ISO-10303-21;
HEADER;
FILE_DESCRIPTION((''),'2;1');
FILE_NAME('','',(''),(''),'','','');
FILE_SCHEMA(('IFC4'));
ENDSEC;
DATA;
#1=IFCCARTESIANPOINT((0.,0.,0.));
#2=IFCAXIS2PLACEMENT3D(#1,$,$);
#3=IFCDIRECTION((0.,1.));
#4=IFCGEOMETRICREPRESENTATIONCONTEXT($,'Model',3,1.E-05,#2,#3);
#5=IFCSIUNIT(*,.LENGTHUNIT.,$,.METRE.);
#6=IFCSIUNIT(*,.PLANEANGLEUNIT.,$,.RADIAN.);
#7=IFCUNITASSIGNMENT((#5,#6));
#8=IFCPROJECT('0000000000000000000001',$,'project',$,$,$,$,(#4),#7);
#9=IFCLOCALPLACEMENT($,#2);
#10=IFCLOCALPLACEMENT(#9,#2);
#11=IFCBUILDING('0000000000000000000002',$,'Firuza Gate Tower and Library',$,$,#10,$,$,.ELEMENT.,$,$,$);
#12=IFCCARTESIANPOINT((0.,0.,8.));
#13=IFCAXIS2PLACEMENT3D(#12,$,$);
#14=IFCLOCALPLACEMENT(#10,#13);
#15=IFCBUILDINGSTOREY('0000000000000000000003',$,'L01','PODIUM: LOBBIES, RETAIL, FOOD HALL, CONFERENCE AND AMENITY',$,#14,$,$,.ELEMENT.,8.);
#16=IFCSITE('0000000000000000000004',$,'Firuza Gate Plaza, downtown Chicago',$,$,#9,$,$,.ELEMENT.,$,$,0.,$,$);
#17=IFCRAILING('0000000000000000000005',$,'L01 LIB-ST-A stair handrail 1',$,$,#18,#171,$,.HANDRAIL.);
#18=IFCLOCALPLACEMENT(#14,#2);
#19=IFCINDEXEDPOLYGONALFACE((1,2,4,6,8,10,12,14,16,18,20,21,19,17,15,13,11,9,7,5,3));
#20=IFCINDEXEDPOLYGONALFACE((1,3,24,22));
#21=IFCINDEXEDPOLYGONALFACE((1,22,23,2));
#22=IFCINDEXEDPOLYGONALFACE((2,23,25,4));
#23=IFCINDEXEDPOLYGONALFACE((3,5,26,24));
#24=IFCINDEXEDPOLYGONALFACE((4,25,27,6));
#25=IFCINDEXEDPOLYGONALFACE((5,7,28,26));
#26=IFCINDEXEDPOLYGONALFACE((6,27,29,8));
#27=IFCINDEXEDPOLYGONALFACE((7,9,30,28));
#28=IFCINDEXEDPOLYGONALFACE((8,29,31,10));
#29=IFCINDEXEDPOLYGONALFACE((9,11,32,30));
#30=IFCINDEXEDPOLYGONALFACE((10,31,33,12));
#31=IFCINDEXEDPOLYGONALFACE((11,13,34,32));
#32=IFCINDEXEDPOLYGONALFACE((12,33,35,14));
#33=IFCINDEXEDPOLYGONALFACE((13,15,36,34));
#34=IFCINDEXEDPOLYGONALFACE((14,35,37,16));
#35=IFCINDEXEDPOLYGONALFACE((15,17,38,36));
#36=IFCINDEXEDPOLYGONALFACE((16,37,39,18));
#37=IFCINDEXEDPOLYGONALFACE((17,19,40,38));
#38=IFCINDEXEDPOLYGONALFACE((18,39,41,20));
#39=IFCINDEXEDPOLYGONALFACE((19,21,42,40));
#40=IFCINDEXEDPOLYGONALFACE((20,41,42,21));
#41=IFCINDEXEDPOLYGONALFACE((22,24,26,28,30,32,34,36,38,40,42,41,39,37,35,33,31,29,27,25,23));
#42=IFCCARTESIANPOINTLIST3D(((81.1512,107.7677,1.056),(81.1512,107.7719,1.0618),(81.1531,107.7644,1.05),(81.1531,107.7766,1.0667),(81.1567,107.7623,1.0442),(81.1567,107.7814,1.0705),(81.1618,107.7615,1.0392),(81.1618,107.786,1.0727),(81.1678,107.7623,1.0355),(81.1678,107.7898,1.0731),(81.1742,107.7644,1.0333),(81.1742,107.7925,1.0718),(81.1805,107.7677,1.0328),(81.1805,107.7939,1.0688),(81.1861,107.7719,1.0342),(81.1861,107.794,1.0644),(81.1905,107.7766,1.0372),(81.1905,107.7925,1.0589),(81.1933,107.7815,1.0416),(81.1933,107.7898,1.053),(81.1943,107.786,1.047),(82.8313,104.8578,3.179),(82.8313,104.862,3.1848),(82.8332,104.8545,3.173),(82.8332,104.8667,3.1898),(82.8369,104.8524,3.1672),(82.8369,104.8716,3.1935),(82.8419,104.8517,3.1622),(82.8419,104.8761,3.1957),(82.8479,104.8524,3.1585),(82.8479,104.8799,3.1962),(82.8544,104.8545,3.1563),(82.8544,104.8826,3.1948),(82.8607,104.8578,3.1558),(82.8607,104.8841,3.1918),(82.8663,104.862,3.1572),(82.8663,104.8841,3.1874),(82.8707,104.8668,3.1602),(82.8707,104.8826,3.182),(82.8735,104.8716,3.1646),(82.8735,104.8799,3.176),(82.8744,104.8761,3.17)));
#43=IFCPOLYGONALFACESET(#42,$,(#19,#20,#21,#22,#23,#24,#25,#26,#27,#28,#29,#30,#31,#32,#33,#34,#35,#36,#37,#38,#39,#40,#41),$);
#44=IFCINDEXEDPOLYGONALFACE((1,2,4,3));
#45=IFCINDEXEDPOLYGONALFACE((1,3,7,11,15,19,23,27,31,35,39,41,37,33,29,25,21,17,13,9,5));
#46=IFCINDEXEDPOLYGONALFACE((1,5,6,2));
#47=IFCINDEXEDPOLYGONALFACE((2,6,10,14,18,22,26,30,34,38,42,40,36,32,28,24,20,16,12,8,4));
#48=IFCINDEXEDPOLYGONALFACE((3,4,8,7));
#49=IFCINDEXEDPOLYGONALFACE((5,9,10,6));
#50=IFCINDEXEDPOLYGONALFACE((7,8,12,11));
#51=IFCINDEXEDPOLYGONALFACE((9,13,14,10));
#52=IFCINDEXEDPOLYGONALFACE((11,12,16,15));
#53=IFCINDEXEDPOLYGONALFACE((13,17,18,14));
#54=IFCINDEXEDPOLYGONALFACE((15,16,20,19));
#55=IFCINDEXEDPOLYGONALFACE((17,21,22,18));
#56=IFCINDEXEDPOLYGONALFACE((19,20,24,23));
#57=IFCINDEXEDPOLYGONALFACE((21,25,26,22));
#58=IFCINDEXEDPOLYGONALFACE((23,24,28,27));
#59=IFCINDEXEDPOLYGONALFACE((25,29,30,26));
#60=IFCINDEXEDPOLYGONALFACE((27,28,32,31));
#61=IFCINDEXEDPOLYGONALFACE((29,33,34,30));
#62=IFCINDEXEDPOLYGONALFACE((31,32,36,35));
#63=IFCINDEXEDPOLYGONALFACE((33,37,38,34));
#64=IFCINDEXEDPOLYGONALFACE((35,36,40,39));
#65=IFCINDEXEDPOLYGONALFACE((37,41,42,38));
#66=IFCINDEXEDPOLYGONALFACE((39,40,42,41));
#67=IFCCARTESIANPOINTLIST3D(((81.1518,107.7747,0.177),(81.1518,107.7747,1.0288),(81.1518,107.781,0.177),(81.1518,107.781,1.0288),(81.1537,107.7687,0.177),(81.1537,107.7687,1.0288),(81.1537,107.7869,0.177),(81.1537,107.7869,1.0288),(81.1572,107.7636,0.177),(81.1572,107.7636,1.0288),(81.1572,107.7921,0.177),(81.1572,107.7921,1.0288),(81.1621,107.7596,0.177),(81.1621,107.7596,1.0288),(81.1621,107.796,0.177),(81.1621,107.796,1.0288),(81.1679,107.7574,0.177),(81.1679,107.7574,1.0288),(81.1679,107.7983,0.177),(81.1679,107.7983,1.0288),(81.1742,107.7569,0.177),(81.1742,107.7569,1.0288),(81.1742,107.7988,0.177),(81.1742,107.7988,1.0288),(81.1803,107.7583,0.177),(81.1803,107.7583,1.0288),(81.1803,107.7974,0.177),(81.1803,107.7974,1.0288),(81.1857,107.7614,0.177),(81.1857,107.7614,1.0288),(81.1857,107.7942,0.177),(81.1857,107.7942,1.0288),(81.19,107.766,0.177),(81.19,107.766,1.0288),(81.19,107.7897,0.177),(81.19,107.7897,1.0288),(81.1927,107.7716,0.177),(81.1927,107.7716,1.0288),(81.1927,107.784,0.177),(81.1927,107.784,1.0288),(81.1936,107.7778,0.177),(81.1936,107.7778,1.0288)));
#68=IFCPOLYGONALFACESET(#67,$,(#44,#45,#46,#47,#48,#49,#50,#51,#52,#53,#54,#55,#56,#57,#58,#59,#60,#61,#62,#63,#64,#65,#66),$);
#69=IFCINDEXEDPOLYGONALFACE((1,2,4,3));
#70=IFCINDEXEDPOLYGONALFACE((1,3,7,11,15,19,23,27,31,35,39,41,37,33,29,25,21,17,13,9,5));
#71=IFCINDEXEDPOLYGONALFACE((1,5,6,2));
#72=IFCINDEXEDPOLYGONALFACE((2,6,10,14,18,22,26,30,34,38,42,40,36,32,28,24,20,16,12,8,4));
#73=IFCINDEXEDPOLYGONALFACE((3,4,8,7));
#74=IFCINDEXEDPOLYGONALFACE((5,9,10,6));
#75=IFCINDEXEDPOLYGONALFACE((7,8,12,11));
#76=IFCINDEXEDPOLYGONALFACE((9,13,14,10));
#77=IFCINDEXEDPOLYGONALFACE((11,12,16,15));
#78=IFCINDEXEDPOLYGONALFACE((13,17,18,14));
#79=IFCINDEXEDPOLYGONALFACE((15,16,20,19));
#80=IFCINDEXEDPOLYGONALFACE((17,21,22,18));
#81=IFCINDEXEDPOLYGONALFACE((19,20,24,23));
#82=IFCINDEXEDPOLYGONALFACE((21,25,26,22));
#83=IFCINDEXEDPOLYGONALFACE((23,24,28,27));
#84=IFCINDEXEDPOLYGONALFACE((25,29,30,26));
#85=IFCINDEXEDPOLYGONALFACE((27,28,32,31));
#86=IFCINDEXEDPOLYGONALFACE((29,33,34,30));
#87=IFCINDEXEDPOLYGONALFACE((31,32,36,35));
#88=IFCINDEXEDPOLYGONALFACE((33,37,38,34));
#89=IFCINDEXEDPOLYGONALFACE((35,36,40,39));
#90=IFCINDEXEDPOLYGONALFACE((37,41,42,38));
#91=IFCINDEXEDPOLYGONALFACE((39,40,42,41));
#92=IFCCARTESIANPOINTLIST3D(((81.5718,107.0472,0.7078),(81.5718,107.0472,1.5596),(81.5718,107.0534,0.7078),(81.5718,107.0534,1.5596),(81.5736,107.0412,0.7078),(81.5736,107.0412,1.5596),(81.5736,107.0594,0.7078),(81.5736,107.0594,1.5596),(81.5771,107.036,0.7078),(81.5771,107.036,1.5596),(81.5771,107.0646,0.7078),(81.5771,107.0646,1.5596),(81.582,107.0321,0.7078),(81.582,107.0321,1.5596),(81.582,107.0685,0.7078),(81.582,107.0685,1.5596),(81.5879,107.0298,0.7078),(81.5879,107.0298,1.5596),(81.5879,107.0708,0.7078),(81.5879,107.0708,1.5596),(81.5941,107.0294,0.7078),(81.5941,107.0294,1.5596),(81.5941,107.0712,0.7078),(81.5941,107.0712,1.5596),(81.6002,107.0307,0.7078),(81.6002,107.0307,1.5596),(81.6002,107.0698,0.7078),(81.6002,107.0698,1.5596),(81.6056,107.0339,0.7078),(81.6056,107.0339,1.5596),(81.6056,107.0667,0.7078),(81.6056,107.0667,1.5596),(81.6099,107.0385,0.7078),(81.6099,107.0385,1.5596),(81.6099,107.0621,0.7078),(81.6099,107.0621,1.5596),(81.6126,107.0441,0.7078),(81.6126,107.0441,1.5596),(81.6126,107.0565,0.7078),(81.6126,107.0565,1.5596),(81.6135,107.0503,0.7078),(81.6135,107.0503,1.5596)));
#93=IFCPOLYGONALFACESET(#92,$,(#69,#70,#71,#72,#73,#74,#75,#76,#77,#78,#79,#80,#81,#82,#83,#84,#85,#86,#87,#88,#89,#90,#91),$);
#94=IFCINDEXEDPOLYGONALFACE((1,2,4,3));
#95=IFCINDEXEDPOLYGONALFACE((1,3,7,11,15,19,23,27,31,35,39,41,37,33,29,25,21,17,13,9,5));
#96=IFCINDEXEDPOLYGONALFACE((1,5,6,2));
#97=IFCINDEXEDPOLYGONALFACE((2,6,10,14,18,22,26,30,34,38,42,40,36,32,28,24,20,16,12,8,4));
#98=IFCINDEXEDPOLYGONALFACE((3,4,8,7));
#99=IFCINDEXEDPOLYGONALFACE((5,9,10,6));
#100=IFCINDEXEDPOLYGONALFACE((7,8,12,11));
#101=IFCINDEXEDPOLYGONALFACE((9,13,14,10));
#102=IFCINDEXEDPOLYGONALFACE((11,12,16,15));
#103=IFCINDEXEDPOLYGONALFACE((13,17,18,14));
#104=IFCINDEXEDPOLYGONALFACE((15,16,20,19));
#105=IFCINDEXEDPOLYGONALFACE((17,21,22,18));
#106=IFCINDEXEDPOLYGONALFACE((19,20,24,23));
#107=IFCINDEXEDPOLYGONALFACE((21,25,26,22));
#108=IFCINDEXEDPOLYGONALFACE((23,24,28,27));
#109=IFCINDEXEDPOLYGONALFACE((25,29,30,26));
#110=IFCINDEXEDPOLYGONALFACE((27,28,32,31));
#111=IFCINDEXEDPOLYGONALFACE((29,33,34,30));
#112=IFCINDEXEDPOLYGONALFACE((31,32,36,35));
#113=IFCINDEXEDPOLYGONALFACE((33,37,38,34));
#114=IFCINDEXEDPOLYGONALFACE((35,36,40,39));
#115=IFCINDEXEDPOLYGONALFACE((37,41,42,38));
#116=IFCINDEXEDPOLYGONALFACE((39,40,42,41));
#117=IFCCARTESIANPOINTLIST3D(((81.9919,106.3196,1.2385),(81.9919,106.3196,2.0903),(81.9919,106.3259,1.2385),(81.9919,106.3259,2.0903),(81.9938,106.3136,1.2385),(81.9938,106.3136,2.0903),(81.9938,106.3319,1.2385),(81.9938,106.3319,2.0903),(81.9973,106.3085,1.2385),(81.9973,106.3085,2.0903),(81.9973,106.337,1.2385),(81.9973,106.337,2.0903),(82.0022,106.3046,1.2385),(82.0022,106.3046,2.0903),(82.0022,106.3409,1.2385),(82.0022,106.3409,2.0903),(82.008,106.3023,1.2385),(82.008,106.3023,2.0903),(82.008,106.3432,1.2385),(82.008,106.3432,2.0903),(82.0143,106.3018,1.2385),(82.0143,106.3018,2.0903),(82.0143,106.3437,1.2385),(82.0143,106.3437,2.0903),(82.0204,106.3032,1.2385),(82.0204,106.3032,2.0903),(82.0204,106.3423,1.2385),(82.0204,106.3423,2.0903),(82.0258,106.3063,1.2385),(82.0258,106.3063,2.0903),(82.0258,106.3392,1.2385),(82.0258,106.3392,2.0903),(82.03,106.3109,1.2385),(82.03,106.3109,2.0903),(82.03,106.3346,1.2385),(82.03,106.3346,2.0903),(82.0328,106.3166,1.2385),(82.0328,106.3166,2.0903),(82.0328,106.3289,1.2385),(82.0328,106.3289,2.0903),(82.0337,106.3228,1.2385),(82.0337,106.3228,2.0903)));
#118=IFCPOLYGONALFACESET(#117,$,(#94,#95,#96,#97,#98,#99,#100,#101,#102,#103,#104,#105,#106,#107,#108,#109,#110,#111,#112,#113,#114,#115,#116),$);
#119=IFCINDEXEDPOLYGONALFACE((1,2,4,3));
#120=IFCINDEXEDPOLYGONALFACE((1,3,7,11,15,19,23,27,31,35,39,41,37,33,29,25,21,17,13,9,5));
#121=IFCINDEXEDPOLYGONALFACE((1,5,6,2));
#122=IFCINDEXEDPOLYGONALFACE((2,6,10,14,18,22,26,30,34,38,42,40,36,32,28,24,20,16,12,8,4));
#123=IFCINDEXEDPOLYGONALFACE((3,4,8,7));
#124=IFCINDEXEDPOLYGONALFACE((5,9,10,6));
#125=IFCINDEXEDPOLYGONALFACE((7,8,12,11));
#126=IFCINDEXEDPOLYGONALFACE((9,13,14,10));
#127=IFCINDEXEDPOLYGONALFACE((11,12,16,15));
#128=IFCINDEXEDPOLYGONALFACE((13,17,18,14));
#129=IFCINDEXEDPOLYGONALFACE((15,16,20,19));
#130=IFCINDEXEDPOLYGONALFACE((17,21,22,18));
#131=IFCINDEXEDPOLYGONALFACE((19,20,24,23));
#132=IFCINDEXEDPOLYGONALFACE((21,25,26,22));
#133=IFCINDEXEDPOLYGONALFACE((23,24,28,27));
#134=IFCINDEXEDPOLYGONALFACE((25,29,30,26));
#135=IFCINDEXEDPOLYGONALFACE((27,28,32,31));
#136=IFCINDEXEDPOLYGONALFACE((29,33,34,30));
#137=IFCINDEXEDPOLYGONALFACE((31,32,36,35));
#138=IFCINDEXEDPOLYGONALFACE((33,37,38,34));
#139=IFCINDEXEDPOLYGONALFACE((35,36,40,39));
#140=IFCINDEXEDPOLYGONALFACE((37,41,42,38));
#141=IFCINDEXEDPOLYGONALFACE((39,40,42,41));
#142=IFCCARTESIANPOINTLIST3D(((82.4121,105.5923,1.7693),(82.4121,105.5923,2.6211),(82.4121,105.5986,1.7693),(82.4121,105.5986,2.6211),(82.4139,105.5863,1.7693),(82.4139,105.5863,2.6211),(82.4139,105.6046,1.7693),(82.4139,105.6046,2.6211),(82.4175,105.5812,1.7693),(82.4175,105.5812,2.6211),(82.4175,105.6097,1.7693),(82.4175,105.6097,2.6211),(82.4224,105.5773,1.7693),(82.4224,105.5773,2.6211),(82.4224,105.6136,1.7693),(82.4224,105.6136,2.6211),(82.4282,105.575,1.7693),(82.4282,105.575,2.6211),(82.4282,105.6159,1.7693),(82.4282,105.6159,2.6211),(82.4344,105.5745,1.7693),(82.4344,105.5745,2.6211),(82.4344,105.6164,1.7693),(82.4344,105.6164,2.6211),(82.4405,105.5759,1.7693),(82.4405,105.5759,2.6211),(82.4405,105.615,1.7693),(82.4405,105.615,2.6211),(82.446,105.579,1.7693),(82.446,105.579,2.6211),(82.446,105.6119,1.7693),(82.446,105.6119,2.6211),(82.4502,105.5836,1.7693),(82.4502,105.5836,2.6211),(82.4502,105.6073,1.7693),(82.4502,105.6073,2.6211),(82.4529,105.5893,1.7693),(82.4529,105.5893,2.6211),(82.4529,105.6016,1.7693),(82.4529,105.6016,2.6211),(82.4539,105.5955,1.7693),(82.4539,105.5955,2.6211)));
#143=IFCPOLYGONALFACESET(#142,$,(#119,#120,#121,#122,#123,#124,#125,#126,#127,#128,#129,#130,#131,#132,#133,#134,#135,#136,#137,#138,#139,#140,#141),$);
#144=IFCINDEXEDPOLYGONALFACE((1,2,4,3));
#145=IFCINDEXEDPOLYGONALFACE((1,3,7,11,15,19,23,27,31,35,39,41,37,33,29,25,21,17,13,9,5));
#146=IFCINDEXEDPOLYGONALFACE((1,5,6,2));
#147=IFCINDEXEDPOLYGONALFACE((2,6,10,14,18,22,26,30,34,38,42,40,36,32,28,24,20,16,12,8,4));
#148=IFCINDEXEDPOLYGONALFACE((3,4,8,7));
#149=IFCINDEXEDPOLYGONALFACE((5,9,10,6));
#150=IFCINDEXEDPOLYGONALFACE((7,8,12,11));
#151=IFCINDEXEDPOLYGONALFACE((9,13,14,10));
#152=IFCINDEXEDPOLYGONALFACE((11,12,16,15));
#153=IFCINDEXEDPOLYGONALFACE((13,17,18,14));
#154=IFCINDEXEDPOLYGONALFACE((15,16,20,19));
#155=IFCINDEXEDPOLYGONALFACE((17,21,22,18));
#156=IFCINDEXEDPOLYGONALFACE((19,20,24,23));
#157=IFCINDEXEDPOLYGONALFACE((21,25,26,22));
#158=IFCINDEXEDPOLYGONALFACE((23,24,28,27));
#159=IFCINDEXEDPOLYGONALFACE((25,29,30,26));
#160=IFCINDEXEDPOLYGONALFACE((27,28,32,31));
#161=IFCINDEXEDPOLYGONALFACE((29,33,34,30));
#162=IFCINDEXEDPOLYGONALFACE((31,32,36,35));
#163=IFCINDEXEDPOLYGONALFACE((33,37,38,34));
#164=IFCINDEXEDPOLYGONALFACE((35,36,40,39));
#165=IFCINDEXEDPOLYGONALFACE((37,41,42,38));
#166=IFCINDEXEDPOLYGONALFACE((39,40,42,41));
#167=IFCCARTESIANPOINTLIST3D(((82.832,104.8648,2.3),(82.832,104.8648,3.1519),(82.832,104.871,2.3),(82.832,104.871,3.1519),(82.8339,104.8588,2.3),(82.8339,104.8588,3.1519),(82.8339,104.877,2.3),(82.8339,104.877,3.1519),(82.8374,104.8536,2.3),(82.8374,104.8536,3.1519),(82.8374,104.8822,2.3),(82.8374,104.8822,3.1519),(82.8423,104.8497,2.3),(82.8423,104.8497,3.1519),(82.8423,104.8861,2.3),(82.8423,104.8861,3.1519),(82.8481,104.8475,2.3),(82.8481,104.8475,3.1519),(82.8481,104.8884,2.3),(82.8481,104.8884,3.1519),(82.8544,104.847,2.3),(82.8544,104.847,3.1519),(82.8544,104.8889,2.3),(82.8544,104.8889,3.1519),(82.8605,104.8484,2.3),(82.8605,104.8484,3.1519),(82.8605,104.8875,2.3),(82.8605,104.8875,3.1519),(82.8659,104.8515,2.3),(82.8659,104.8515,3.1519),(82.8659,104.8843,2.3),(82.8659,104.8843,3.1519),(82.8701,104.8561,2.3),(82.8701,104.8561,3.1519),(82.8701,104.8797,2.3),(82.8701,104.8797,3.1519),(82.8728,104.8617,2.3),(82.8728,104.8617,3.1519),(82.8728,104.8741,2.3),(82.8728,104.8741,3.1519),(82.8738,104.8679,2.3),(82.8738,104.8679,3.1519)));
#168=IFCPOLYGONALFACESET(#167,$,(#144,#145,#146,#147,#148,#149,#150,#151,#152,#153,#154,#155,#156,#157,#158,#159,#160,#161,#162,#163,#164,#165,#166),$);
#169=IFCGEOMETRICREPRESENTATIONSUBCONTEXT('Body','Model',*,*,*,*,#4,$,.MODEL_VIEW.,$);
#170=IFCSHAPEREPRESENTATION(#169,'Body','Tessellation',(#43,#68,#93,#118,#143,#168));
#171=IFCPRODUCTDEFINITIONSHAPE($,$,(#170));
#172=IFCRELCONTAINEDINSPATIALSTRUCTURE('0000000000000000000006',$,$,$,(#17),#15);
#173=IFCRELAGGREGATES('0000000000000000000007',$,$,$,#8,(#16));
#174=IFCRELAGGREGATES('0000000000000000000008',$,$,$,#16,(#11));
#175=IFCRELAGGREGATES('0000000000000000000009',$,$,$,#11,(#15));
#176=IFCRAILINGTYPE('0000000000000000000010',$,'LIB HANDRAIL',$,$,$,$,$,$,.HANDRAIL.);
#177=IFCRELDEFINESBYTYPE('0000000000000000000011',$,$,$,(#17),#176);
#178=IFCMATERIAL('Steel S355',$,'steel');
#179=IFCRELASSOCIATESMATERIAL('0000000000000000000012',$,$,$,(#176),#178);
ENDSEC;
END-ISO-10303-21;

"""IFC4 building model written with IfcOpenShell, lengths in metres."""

from ifc_helpers import new_model, si_unit, direction, frame, origin, origin_2d, place, context, subcontext, project, spatial, circle, extrude, material, type_object, element, save


model = new_model("IFC4")

# Units and contexts
model_context = context("Model", 3, precision=1e-05, world=origin(), true_north=direction((0.0, 1.0)))
body_context = subcontext(model_context, "Body", "Model", "MODEL_VIEW")
ifc_project = project(units=[si_unit("LENGTHUNIT", "METRE"), si_unit("PLANEANGLEUNIT", "RADIAN")], contexts=[model_context])

# Site, building, storey
site_placement = place(None, origin())
site = spatial("IfcSite", under=ifc_project, at=site_placement, Name="Firuza Gate Plaza, downtown Chicago", CompositionType="ELEMENT", RefElevation=0.0)
building_placement = place(site_placement, origin())
building = spatial("IfcBuilding", under=site, at=building_placement, Name="Firuza Gate Tower and Library", CompositionType="ELEMENT")
storey_placement = place(building_placement, frame((0.0, 0.0, 8.0)))
storey = spatial("IfcBuildingStorey", under=building, at=storey_placement, Name="L01", Description="PODIUM: LOBBIES, RETAIL, FOOD HALL, CONFERENCE AND AMENITY", CompositionType="ELEMENT", Elevation=8.0)

# Railing
ifc_material_1 = material(Name="Steel S355", Category="steel")
railing_type_1 = type_object("IfcRailingType", Name="LIB HANDRAIL", PredefinedType="HANDRAIL", material=ifc_material_1)
railing_1_placement = place(storey_placement, frame((81.1726, 107.7778, 0.177)))
element("IfcRailing", 1, at=railing_1_placement, inside=storey, type_object=railing_type_1, Name="L01 LIB-ST-A stair handrail 1", PredefinedType="HANDRAIL", context=body_context, shape_type="SweptSolid", body=[
    extrude(circle(Radius=0.0239, at=origin_2d()), frame((0.0, 0.0, 0.876), z_axis=(0.422722, -0.732116, 0.534146), x_axis=(0.866008, 0.500031, 0.0)), (0.0, 0.0, 1.0), 3.9746),
    extrude(circle(Radius=0.021, at=origin_2d()), origin(), (0.0, 0.0, 1.0), 0.8518),
    extrude(circle(Radius=0.021, at=origin_2d()), frame((0.4199, -0.7275, 0.5308)), (0.0, 0.0, 1.0), 0.8518),
    extrude(circle(Radius=0.021, at=origin_2d()), frame((0.8401, -1.4551, 1.0615)), (0.0, 0.0, 1.0), 0.8518),
    extrude(circle(Radius=0.021, at=origin_2d()), frame((1.2603, -2.1824, 1.5923)), (0.0, 0.0, 1.0), 0.8518),
    extrude(circle(Radius=0.021, at=origin_2d()), frame((1.6802, -2.9099, 2.123)), (0.0, 0.0, 1.0), 0.8518),
])

save(model, "model.ifc")
